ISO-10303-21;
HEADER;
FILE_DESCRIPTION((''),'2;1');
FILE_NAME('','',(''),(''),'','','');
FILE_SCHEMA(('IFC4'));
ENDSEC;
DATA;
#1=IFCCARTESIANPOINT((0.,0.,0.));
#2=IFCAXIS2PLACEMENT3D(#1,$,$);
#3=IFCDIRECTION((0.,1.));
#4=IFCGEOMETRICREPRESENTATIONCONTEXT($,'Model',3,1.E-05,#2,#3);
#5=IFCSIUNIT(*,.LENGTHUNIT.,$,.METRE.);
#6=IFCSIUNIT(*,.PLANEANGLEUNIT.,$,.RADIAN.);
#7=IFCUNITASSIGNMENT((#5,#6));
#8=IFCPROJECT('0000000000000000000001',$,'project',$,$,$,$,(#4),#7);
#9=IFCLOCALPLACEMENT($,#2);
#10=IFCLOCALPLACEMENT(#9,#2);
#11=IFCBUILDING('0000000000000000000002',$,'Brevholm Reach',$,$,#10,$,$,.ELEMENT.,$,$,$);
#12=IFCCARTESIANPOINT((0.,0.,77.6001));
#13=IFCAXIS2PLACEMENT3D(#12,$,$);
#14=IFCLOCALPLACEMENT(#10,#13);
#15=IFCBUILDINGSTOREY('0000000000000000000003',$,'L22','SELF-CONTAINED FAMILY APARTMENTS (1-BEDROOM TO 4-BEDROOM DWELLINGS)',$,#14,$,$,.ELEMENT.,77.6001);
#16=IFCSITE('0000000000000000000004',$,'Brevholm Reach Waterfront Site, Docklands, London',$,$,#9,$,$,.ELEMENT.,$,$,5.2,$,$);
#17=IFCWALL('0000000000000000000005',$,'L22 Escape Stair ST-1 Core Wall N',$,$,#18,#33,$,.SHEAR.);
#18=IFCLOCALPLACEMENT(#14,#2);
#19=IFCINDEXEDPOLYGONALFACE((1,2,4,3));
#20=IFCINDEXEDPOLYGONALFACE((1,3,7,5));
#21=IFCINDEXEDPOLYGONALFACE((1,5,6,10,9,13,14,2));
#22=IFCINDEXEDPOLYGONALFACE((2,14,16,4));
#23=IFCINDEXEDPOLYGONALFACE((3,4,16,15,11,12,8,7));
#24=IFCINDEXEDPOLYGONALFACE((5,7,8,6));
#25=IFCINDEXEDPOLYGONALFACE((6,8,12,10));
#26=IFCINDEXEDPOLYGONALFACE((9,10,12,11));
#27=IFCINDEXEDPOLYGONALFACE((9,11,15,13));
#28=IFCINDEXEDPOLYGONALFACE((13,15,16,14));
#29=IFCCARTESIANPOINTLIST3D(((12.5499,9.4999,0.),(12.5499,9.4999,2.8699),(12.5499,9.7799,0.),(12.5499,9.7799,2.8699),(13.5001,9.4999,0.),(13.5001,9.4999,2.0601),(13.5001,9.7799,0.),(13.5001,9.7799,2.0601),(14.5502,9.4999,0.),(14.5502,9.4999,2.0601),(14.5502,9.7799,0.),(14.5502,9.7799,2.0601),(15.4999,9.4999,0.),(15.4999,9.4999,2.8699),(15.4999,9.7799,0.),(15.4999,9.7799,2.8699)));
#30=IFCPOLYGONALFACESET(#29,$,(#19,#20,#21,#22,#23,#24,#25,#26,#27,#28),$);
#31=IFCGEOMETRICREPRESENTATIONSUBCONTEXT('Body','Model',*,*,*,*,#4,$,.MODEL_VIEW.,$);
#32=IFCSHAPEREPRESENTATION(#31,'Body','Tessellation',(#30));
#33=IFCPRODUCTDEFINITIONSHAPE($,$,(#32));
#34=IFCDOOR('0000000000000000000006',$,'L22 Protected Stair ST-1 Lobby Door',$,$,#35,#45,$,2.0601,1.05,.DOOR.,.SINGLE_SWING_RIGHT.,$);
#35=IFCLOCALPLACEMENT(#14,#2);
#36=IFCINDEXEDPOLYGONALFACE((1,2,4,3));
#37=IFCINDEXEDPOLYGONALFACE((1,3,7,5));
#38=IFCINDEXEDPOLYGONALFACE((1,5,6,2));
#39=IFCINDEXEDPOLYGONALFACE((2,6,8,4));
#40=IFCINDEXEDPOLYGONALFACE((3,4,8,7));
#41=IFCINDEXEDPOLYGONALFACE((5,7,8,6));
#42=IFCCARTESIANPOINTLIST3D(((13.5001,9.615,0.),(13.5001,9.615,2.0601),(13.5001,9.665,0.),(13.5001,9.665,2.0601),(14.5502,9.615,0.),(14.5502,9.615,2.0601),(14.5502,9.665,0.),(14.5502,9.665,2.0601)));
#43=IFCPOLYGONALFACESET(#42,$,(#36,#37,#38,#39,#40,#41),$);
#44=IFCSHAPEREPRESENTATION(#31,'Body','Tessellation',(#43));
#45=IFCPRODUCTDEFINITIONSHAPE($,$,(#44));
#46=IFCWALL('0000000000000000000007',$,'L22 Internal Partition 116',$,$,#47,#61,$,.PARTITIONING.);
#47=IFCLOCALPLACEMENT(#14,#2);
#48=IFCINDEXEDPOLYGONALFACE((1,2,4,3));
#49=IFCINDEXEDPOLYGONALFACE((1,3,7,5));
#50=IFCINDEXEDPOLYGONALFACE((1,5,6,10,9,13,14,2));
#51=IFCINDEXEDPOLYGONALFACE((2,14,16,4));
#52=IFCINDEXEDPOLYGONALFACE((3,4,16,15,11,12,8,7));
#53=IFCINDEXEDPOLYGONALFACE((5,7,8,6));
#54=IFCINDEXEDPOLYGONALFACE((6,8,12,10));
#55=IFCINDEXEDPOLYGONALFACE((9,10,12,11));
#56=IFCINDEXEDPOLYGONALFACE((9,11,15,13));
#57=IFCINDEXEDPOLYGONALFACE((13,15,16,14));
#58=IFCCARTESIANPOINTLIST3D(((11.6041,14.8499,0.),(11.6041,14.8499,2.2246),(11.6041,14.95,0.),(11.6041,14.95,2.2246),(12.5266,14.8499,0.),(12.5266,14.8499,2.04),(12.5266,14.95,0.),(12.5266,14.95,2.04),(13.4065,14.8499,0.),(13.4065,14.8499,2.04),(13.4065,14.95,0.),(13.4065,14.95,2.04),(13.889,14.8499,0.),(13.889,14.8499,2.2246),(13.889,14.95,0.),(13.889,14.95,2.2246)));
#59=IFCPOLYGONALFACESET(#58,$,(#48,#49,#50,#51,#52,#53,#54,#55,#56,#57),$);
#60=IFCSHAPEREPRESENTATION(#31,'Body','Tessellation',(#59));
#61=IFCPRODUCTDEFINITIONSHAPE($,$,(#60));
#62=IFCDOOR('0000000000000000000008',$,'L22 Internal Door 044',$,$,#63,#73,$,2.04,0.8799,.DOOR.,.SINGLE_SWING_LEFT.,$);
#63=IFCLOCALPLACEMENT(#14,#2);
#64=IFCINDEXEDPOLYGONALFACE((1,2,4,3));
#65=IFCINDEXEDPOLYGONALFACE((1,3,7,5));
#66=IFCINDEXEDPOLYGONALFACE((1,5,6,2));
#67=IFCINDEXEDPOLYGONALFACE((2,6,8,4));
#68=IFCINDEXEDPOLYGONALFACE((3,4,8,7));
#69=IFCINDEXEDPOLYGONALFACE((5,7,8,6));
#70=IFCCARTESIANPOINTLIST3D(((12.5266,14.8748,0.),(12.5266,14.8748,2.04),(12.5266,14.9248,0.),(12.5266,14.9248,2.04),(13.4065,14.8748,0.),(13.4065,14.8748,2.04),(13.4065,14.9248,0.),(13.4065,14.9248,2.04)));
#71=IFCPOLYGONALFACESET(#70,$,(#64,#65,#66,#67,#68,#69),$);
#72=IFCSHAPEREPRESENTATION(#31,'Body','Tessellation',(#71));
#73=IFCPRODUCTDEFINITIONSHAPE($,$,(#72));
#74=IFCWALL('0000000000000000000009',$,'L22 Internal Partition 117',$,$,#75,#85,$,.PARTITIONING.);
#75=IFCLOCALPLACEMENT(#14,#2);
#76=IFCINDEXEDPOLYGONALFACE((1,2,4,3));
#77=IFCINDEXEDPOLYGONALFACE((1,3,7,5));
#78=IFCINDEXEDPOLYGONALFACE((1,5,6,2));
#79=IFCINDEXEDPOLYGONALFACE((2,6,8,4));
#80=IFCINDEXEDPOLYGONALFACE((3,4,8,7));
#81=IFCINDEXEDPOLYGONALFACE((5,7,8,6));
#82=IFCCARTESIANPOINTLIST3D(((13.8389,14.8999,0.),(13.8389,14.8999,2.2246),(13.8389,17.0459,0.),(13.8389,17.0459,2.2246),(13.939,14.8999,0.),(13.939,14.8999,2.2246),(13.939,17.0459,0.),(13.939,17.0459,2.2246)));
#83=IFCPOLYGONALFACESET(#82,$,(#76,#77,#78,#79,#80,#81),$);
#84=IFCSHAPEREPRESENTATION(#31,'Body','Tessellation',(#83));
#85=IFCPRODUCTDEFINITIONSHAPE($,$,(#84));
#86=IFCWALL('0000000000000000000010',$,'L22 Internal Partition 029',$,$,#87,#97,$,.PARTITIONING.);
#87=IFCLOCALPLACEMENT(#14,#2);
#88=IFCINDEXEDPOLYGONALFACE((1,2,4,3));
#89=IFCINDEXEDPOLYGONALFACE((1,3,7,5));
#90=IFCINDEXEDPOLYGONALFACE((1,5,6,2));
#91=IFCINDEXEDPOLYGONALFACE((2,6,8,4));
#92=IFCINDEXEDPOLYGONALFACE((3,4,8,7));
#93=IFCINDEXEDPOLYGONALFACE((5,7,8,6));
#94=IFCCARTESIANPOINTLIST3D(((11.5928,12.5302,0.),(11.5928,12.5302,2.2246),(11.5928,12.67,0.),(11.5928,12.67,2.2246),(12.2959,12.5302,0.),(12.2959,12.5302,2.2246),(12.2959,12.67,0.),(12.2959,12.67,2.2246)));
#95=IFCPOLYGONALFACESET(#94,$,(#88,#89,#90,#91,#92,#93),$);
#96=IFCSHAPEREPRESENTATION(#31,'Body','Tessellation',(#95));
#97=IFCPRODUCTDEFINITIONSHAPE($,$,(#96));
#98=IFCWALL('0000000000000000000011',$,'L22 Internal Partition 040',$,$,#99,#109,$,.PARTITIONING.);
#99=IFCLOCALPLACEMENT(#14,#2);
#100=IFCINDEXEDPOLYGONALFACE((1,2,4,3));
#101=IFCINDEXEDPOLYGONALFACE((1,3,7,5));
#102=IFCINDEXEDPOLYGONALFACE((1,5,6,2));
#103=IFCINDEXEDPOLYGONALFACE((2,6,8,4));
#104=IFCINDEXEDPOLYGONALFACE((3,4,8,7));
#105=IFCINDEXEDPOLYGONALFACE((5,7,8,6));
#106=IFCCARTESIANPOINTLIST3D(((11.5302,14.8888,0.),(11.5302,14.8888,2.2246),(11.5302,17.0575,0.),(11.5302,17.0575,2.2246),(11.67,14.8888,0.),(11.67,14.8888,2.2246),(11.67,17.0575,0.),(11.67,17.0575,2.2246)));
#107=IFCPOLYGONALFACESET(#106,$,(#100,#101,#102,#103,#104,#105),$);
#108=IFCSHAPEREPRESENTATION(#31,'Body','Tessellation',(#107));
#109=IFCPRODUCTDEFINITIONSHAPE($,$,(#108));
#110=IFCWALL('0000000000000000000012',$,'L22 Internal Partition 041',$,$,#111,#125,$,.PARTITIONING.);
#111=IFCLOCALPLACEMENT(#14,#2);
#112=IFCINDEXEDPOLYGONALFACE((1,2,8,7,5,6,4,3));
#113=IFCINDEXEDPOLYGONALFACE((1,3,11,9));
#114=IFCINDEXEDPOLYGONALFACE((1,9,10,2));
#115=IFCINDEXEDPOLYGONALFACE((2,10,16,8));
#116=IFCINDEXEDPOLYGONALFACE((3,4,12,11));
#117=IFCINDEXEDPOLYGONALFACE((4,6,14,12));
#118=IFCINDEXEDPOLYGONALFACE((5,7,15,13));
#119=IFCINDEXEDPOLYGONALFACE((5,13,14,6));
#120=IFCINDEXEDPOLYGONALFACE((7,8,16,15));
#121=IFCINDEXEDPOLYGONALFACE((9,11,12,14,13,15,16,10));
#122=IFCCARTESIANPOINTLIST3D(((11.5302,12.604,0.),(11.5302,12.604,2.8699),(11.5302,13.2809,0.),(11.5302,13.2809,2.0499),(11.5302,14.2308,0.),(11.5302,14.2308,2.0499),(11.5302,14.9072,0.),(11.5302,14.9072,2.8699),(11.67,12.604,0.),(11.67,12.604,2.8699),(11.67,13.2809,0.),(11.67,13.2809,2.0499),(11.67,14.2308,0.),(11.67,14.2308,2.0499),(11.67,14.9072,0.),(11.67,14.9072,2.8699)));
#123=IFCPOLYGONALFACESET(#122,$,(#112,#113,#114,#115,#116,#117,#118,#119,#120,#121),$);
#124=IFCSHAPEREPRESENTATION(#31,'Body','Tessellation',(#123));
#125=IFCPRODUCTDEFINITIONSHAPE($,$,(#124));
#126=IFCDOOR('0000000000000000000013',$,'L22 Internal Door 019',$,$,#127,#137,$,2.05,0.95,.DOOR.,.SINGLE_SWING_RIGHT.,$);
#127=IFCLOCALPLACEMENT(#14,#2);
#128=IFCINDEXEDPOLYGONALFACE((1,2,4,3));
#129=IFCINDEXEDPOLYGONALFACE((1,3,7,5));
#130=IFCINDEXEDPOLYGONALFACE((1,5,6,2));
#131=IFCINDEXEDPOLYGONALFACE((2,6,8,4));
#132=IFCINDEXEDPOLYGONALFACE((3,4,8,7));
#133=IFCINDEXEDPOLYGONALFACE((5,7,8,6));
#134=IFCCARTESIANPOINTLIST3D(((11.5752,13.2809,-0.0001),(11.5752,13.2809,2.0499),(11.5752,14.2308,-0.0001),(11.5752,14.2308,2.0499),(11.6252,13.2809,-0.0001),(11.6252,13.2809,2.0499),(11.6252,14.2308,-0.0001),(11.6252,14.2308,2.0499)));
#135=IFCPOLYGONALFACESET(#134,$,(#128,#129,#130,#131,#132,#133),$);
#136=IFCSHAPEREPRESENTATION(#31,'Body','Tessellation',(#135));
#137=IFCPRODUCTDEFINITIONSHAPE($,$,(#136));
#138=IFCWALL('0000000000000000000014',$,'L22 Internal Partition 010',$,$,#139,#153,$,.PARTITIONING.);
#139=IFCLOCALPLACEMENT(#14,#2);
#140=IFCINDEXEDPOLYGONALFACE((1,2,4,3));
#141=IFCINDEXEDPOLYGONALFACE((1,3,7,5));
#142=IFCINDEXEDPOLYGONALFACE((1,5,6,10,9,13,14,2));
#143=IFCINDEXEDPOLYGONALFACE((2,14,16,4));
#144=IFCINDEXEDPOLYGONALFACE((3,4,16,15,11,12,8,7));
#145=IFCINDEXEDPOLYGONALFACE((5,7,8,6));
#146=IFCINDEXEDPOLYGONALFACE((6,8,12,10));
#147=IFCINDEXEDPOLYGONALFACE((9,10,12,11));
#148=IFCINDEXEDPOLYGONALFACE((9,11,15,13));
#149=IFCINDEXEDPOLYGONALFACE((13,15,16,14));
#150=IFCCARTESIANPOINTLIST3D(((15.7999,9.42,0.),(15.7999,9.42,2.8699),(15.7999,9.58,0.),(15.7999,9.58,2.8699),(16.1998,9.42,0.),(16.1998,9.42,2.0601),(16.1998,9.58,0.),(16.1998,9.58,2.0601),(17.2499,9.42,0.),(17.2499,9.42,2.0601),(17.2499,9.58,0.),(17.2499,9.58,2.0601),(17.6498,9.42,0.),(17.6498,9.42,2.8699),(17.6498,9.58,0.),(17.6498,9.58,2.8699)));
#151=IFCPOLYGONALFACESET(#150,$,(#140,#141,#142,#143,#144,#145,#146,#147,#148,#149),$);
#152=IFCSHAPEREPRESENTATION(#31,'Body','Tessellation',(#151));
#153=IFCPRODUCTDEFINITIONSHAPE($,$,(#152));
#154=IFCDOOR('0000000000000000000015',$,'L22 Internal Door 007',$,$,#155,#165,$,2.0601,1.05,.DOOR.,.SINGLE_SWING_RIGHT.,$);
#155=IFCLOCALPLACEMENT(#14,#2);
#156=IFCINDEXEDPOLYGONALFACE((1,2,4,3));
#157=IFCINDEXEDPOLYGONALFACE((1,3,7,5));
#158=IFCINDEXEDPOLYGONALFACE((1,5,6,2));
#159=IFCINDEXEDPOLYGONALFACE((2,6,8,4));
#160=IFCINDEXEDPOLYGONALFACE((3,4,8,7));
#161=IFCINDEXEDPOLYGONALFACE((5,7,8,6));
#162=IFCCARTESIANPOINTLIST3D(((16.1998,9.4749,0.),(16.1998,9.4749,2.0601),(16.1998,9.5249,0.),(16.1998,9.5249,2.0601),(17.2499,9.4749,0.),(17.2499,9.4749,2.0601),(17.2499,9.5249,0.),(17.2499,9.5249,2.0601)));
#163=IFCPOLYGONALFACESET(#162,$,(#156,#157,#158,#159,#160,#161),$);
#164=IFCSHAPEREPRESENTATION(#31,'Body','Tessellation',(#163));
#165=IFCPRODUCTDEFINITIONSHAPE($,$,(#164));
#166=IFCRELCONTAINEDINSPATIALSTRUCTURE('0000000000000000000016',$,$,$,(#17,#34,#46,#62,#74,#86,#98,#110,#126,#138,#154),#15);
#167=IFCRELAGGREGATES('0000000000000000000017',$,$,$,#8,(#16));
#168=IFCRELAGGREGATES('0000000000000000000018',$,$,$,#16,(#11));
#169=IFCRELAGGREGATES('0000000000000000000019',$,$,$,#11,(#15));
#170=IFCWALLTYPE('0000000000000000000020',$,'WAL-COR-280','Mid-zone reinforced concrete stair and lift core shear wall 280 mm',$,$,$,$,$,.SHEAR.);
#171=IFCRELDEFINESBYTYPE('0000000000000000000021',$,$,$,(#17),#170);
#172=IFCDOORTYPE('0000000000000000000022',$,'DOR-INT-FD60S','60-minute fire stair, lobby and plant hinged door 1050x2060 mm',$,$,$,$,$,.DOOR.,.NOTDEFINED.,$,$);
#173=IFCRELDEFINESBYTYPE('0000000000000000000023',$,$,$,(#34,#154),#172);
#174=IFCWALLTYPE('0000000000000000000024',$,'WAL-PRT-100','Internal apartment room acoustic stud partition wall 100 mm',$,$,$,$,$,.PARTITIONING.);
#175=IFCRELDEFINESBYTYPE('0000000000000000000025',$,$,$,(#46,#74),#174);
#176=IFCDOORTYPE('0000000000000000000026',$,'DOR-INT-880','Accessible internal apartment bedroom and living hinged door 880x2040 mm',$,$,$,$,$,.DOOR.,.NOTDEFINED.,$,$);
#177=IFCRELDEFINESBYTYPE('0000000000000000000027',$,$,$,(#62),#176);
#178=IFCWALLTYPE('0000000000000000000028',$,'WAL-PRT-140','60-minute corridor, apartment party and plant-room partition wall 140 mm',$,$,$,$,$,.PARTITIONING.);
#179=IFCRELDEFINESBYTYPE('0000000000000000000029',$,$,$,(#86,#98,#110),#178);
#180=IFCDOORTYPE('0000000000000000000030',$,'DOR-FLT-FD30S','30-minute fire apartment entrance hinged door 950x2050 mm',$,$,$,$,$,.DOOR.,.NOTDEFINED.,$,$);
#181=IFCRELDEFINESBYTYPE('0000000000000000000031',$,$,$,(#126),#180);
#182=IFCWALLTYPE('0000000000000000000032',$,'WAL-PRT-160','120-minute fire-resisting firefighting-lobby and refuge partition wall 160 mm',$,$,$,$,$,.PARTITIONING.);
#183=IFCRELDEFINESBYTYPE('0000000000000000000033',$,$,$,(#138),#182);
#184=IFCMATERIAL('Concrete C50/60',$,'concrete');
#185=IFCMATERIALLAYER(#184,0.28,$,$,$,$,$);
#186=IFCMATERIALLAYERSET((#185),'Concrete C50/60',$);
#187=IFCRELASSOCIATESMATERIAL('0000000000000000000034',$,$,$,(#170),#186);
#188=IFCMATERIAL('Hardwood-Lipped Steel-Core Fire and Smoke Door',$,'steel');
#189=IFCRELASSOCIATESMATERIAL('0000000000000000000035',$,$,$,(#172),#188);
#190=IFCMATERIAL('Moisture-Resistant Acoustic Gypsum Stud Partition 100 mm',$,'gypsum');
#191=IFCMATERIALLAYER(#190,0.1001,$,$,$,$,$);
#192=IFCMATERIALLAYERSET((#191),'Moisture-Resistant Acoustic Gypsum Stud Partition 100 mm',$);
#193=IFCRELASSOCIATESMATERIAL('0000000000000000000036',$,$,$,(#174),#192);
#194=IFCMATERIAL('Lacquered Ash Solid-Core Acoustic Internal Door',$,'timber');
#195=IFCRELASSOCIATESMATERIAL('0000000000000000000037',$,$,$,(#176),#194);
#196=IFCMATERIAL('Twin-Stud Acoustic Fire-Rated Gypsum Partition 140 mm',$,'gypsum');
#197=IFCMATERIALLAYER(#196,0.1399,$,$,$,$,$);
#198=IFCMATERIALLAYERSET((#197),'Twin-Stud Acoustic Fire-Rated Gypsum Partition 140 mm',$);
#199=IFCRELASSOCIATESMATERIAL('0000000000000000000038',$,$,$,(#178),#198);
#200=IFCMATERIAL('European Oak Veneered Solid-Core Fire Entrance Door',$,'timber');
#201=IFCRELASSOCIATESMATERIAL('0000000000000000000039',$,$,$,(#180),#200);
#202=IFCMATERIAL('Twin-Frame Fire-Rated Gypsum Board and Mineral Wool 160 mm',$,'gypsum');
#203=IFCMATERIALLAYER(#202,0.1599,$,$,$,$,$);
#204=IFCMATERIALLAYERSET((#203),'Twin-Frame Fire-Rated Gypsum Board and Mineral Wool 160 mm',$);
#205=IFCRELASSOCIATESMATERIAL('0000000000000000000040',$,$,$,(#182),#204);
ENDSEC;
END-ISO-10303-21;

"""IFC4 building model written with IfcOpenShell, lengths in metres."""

from ifc_helpers import new_model, si_unit, direction, frame, frame_2d, origin, place, context, subcontext, project, spatial, rectangle, extrude, material, layer, layer_set, type_object, element, fill, save


model = new_model("IFC4")

# Units and contexts
model_context = context("Model", 3, precision=1e-05, world=origin(), true_north=direction((0.0, 1.0)))
body_context = subcontext(model_context, "Body", "Model", "MODEL_VIEW")
ifc_project = project(units=[si_unit("LENGTHUNIT", "METRE"), si_unit("PLANEANGLEUNIT", "RADIAN")], contexts=[model_context])

# Site, building, storey
site_placement = place(None, origin())
site = spatial("IfcSite", under=ifc_project, at=site_placement, Name="Brevholm Reach Waterfront Site, Docklands, London", CompositionType="ELEMENT", RefElevation=5.2)
building_placement = place(site_placement, origin())
building = spatial("IfcBuilding", under=site, at=building_placement, Name="Brevholm Reach", CompositionType="ELEMENT")
storey_placement = place(building_placement, frame((0.0, 0.0, 77.6001)))
storey = spatial("IfcBuildingStorey", under=building, at=storey_placement, Name="L22", Description="SELF-CONTAINED FAMILY APARTMENTS (1-BEDROOM TO 4-BEDROOM DWELLINGS)", CompositionType="ELEMENT", Elevation=77.6001)

# Walls, openings, doors
ifc_material_1 = material(Name="Concrete C50/60", Category="concrete")
ifc_layer_1 = layer(ifc_material_1, 0.28)
ifc_layer_set_1 = layer_set([ifc_layer_1], Name="Concrete C50/60")
wall_type_1 = type_object("IfcWallType", Name="WAL-COR-280", Description="Mid-zone reinforced concrete stair and lift core shear wall 280 mm", PredefinedType="SHEAR", material=ifc_layer_set_1)
wall_1_placement = place(storey_placement, frame((15.5, 9.6399, 0.0), z_axis=(0.0, 0.0, 1.0), x_axis=(-1.0, 0.0, 0.0)))
wall_1 = element("IfcWall", 1, at=wall_1_placement, inside=storey, type_object=wall_type_1, Name="L22 Escape Stair ST-1 Core Wall N", PredefinedType="SHEAR", context=body_context, shape_type="SweptSolid", body=[
    extrude(rectangle(XDim=2.95, YDim=0.28, at=frame_2d((1.4751, 0.0))), origin(), (0.0, 0.0, 1.0), 2.8699),
])
opening_1_placement = place(wall_1_placement, frame((0.95, 0.0, 0.0)))
opening_1 = element("IfcOpeningElement", 2, at=opening_1_placement, cuts=wall_1, PredefinedType="OPENING", context=body_context, shape_type="SweptSolid", body=[
    extrude(rectangle(XDim=1.05, YDim=2.0601, at=frame_2d((0.5249, 1.03))), frame((0.0, 0.1499, 0.0), z_axis=(0.0, -1.0, 0.0), x_axis=(1.0, 0.0, 0.0)), (0.0, 0.0, 1.0), 0.3),
])
ifc_material_2 = material(Name="Hardwood-Lipped Steel-Core Fire and Smoke Door", Category="steel")
door_type_1 = type_object("IfcDoorType", Name="DOR-INT-FD60S", Description="60-minute fire stair, lobby and plant hinged door 1050x2060 mm", OperationType="NOTDEFINED", PredefinedType="DOOR", material=ifc_material_2)
door_1_placement = place(opening_1_placement, origin())
door_1 = element("IfcDoor", 3, at=door_1_placement, inside=storey, type_object=door_type_1, Name="L22 Protected Stair ST-1 Lobby Door", OperationType="SINGLE_SWING_RIGHT", OverallHeight=2.0601, OverallWidth=1.05, PredefinedType="DOOR", context=body_context, shape_type="SweptSolid", body=[
    extrude(rectangle(XDim=1.05, YDim=2.0601, at=frame_2d((0.5249, 1.03))), frame((0.0, 0.0249, 0.0), z_axis=(0.0, -1.0, 0.0), x_axis=(1.0, 0.0, 0.0)), (0.0, 0.0, 1.0), 0.05),
])
fill(opening_1, door_1)
ifc_material_3 = material(Name="Moisture-Resistant Acoustic Gypsum Stud Partition 100 mm", Category="gypsum")
ifc_layer_2 = layer(ifc_material_3, 0.1001)
ifc_layer_set_2 = layer_set([ifc_layer_2], Name="Moisture-Resistant Acoustic Gypsum Stud Partition 100 mm")
wall_type_2 = type_object("IfcWallType", Name="WAL-PRT-100", Description="Internal apartment room acoustic stud partition wall 100 mm", PredefinedType="PARTITIONING", material=ifc_layer_set_2)
wall_2_placement = place(storey_placement, frame((11.604, 14.8999, 0.0), z_axis=(0.0, 0.0, 1.0), x_axis=(1.0, 0.0, 0.0)))
wall_2 = element("IfcWall", 4, at=wall_2_placement, inside=storey, type_object=wall_type_2, Name="L22 Internal Partition 116", PredefinedType="PARTITIONING", context=body_context, shape_type="SweptSolid", body=[
    extrude(rectangle(XDim=2.2849, YDim=0.1001, at=frame_2d((1.1426, 0.0))), origin(), (0.0, 0.0, 1.0), 2.2246),
])
opening_2_placement = place(wall_2_placement, frame((0.9226, 0.0, 0.0)))
opening_2 = element("IfcOpeningElement", 5, at=opening_2_placement, cuts=wall_2, PredefinedType="OPENING", context=body_context, shape_type="SweptSolid", body=[
    extrude(rectangle(XDim=0.8799, YDim=2.04, at=frame_2d((0.4399, 1.02))), frame((0.0, 0.0601, 0.0), z_axis=(0.0, -1.0, 0.0), x_axis=(1.0, 0.0, 0.0)), (0.0, 0.0, 1.0), 0.1201),
])
ifc_material_4 = material(Name="Lacquered Ash Solid-Core Acoustic Internal Door", Category="timber")
door_type_2 = type_object("IfcDoorType", Name="DOR-INT-880", Description="Accessible internal apartment bedroom and living hinged door 880x2040 mm", OperationType="NOTDEFINED", PredefinedType="DOOR", material=ifc_material_4)
door_2_placement = place(opening_2_placement, origin())
door_2 = element("IfcDoor", 6, at=door_2_placement, inside=storey, type_object=door_type_2, Name="L22 Internal Door 044", OperationType="SINGLE_SWING_LEFT", OverallHeight=2.04, OverallWidth=0.8799, PredefinedType="DOOR", context=body_context, shape_type="SweptSolid", body=[
    extrude(rectangle(XDim=0.8799, YDim=2.04, at=frame_2d((0.4399, 1.02))), frame((0.0, 0.0249, 0.0), z_axis=(0.0, -1.0, 0.0), x_axis=(1.0, 0.0, 0.0)), (0.0, 0.0, 1.0), 0.05),
])
fill(opening_2, door_2)

# Walls
wall_3_placement = place(storey_placement, frame((13.8889, 14.8999, 0.0), z_axis=(0.0, 0.0, 1.0), x_axis=(0.0, 1.0, 0.0)))
element("IfcWall", 7, at=wall_3_placement, inside=storey, type_object=wall_type_2, Name="L22 Internal Partition 117", PredefinedType="PARTITIONING", context=body_context, shape_type="SweptSolid", body=[
    extrude(rectangle(XDim=2.146, YDim=0.1001, at=frame_2d((1.073, 0.0))), origin(), (0.0, 0.0, 1.0), 2.2246),
])
ifc_material_5 = material(Name="Twin-Stud Acoustic Fire-Rated Gypsum Partition 140 mm", Category="gypsum")
ifc_layer_3 = layer(ifc_material_5, 0.1399)
ifc_layer_set_3 = layer_set([ifc_layer_3], Name="Twin-Stud Acoustic Fire-Rated Gypsum Partition 140 mm")
wall_type_3 = type_object("IfcWallType", Name="WAL-PRT-140", Description="60-minute corridor, apartment party and plant-room partition wall 140 mm", PredefinedType="PARTITIONING", material=ifc_layer_set_3)
wall_4_placement = place(storey_placement, frame((11.5928, 12.6001, 0.0), z_axis=(0.0, 0.0, 1.0), x_axis=(1.0, 0.0, 0.0)))
element("IfcWall", 8, at=wall_4_placement, inside=storey, type_object=wall_type_3, Name="L22 Internal Partition 029", PredefinedType="PARTITIONING", context=body_context, shape_type="SweptSolid", body=[
    extrude(rectangle(XDim=0.7031, YDim=0.1399, at=frame_2d((0.3516, 0.0))), origin(), (0.0, 0.0, 1.0), 2.2246),
])
wall_5_placement = place(storey_placement, frame((11.6001, 14.8887, 0.0), z_axis=(0.0, 0.0, 1.0), x_axis=(0.0, 1.0, 0.0)))
element("IfcWall", 9, at=wall_5_placement, inside=storey, type_object=wall_type_3, Name="L22 Internal Partition 040", PredefinedType="PARTITIONING", context=body_context, shape_type="SweptSolid", body=[
    extrude(rectangle(XDim=2.1687, YDim=0.1399, at=frame_2d((1.0845, 0.0))), origin(), (0.0, 0.0, 1.0), 2.2246),
])

# Walls, openings, doors
wall_6_placement = place(storey_placement, frame((11.6001, 12.604, 0.0), z_axis=(0.0, 0.0, 1.0), x_axis=(0.0, 1.0, 0.0)))
wall_6 = element("IfcWall", 10, at=wall_6_placement, inside=storey, type_object=wall_type_3, Name="L22 Internal Partition 041", PredefinedType="PARTITIONING", context=body_context, shape_type="SweptSolid", body=[
    extrude(rectangle(XDim=2.3032, YDim=0.1399, at=frame_2d((1.1516, 0.0))), origin(), (0.0, 0.0, 1.0), 2.8699),
])
opening_3_placement = place(wall_6_placement, frame((0.6768, 0.0, 0.0)))
opening_3 = element("IfcOpeningElement", 11, at=opening_3_placement, cuts=wall_6, PredefinedType="OPENING", context=body_context, shape_type="SweptSolid", body=[
    extrude(rectangle(XDim=0.95, YDim=2.05, at=frame_2d((0.4751, 1.0249))), frame((0.0, 0.0798, 0.0), z_axis=(0.0, -1.0, 0.0), x_axis=(1.0, 0.0, 0.0)), (0.0, 0.0, 1.0), 0.1599),
])
ifc_material_6 = material(Name="European Oak Veneered Solid-Core Fire Entrance Door", Category="timber")
door_type_3 = type_object("IfcDoorType", Name="DOR-FLT-FD30S", Description="30-minute fire apartment entrance hinged door 950x2050 mm", OperationType="NOTDEFINED", PredefinedType="DOOR", material=ifc_material_6)
door_3_placement = place(opening_3_placement, origin())
door_3 = element("IfcDoor", 12, at=door_3_placement, inside=storey, type_object=door_type_3, Name="L22 Internal Door 019", OperationType="SINGLE_SWING_RIGHT", OverallHeight=2.05, OverallWidth=0.95, PredefinedType="DOOR", context=body_context, shape_type="SweptSolid", body=[
    extrude(rectangle(XDim=0.95, YDim=2.05, at=frame_2d((0.4751, 1.0249))), frame((0.0, 0.0249, 0.0), z_axis=(0.0, -1.0, 0.0), x_axis=(1.0, 0.0, 0.0)), (0.0, 0.0, 1.0), 0.05),
])
fill(opening_3, door_3)
ifc_material_7 = material(Name="Twin-Frame Fire-Rated Gypsum Board and Mineral Wool 160 mm", Category="gypsum")
ifc_layer_4 = layer(ifc_material_7, 0.1599)
ifc_layer_set_4 = layer_set([ifc_layer_4], Name="Twin-Frame Fire-Rated Gypsum Board and Mineral Wool 160 mm")
wall_type_4 = type_object("IfcWallType", Name="WAL-PRT-160", Description="120-minute fire-resisting firefighting-lobby and refuge partition wall 160 mm", PredefinedType="PARTITIONING", material=ifc_layer_set_4)
wall_7_placement = place(storey_placement, frame((15.8, 9.5, 0.0), z_axis=(0.0, 0.0, 1.0), x_axis=(1.0, 0.0, 0.0)))
wall_7 = element("IfcWall", 13, at=wall_7_placement, inside=storey, type_object=wall_type_4, Name="L22 Internal Partition 010", PredefinedType="PARTITIONING", context=body_context, shape_type="SweptSolid", body=[
    extrude(rectangle(XDim=1.8499, YDim=0.1599, at=frame_2d((0.9248, 0.0))), origin(), (0.0, 0.0, 1.0), 2.8699),
])
opening_4_placement = place(wall_7_placement, frame((0.3999, 0.0, 0.0)))
opening_4 = element("IfcOpeningElement", 14, at=opening_4_placement, cuts=wall_7, PredefinedType="OPENING", context=body_context, shape_type="SweptSolid", body=[
    extrude(rectangle(XDim=1.05, YDim=2.0601, at=frame_2d((0.5249, 1.03))), frame((0.0, 0.0898, 0.0), z_axis=(0.0, -1.0, 0.0), x_axis=(1.0, 0.0, 0.0)), (0.0, 0.0, 1.0), 0.1799),
])
door_4_placement = place(opening_4_placement, origin())
door_4 = element("IfcDoor", 15, at=door_4_placement, inside=storey, type_object=door_type_1, Name="L22 Internal Door 007", OperationType="SINGLE_SWING_RIGHT", OverallHeight=2.0601, OverallWidth=1.05, PredefinedType="DOOR", context=body_context, shape_type="SweptSolid", body=[
    extrude(rectangle(XDim=1.05, YDim=2.0601, at=frame_2d((0.5249, 1.03))), frame((0.0, 0.0249, 0.0), z_axis=(0.0, -1.0, 0.0), x_axis=(1.0, 0.0, 0.0)), (0.0, 0.0, 1.0), 0.05),
])
fill(opening_4, door_4)

save(model, "model.ifc")
